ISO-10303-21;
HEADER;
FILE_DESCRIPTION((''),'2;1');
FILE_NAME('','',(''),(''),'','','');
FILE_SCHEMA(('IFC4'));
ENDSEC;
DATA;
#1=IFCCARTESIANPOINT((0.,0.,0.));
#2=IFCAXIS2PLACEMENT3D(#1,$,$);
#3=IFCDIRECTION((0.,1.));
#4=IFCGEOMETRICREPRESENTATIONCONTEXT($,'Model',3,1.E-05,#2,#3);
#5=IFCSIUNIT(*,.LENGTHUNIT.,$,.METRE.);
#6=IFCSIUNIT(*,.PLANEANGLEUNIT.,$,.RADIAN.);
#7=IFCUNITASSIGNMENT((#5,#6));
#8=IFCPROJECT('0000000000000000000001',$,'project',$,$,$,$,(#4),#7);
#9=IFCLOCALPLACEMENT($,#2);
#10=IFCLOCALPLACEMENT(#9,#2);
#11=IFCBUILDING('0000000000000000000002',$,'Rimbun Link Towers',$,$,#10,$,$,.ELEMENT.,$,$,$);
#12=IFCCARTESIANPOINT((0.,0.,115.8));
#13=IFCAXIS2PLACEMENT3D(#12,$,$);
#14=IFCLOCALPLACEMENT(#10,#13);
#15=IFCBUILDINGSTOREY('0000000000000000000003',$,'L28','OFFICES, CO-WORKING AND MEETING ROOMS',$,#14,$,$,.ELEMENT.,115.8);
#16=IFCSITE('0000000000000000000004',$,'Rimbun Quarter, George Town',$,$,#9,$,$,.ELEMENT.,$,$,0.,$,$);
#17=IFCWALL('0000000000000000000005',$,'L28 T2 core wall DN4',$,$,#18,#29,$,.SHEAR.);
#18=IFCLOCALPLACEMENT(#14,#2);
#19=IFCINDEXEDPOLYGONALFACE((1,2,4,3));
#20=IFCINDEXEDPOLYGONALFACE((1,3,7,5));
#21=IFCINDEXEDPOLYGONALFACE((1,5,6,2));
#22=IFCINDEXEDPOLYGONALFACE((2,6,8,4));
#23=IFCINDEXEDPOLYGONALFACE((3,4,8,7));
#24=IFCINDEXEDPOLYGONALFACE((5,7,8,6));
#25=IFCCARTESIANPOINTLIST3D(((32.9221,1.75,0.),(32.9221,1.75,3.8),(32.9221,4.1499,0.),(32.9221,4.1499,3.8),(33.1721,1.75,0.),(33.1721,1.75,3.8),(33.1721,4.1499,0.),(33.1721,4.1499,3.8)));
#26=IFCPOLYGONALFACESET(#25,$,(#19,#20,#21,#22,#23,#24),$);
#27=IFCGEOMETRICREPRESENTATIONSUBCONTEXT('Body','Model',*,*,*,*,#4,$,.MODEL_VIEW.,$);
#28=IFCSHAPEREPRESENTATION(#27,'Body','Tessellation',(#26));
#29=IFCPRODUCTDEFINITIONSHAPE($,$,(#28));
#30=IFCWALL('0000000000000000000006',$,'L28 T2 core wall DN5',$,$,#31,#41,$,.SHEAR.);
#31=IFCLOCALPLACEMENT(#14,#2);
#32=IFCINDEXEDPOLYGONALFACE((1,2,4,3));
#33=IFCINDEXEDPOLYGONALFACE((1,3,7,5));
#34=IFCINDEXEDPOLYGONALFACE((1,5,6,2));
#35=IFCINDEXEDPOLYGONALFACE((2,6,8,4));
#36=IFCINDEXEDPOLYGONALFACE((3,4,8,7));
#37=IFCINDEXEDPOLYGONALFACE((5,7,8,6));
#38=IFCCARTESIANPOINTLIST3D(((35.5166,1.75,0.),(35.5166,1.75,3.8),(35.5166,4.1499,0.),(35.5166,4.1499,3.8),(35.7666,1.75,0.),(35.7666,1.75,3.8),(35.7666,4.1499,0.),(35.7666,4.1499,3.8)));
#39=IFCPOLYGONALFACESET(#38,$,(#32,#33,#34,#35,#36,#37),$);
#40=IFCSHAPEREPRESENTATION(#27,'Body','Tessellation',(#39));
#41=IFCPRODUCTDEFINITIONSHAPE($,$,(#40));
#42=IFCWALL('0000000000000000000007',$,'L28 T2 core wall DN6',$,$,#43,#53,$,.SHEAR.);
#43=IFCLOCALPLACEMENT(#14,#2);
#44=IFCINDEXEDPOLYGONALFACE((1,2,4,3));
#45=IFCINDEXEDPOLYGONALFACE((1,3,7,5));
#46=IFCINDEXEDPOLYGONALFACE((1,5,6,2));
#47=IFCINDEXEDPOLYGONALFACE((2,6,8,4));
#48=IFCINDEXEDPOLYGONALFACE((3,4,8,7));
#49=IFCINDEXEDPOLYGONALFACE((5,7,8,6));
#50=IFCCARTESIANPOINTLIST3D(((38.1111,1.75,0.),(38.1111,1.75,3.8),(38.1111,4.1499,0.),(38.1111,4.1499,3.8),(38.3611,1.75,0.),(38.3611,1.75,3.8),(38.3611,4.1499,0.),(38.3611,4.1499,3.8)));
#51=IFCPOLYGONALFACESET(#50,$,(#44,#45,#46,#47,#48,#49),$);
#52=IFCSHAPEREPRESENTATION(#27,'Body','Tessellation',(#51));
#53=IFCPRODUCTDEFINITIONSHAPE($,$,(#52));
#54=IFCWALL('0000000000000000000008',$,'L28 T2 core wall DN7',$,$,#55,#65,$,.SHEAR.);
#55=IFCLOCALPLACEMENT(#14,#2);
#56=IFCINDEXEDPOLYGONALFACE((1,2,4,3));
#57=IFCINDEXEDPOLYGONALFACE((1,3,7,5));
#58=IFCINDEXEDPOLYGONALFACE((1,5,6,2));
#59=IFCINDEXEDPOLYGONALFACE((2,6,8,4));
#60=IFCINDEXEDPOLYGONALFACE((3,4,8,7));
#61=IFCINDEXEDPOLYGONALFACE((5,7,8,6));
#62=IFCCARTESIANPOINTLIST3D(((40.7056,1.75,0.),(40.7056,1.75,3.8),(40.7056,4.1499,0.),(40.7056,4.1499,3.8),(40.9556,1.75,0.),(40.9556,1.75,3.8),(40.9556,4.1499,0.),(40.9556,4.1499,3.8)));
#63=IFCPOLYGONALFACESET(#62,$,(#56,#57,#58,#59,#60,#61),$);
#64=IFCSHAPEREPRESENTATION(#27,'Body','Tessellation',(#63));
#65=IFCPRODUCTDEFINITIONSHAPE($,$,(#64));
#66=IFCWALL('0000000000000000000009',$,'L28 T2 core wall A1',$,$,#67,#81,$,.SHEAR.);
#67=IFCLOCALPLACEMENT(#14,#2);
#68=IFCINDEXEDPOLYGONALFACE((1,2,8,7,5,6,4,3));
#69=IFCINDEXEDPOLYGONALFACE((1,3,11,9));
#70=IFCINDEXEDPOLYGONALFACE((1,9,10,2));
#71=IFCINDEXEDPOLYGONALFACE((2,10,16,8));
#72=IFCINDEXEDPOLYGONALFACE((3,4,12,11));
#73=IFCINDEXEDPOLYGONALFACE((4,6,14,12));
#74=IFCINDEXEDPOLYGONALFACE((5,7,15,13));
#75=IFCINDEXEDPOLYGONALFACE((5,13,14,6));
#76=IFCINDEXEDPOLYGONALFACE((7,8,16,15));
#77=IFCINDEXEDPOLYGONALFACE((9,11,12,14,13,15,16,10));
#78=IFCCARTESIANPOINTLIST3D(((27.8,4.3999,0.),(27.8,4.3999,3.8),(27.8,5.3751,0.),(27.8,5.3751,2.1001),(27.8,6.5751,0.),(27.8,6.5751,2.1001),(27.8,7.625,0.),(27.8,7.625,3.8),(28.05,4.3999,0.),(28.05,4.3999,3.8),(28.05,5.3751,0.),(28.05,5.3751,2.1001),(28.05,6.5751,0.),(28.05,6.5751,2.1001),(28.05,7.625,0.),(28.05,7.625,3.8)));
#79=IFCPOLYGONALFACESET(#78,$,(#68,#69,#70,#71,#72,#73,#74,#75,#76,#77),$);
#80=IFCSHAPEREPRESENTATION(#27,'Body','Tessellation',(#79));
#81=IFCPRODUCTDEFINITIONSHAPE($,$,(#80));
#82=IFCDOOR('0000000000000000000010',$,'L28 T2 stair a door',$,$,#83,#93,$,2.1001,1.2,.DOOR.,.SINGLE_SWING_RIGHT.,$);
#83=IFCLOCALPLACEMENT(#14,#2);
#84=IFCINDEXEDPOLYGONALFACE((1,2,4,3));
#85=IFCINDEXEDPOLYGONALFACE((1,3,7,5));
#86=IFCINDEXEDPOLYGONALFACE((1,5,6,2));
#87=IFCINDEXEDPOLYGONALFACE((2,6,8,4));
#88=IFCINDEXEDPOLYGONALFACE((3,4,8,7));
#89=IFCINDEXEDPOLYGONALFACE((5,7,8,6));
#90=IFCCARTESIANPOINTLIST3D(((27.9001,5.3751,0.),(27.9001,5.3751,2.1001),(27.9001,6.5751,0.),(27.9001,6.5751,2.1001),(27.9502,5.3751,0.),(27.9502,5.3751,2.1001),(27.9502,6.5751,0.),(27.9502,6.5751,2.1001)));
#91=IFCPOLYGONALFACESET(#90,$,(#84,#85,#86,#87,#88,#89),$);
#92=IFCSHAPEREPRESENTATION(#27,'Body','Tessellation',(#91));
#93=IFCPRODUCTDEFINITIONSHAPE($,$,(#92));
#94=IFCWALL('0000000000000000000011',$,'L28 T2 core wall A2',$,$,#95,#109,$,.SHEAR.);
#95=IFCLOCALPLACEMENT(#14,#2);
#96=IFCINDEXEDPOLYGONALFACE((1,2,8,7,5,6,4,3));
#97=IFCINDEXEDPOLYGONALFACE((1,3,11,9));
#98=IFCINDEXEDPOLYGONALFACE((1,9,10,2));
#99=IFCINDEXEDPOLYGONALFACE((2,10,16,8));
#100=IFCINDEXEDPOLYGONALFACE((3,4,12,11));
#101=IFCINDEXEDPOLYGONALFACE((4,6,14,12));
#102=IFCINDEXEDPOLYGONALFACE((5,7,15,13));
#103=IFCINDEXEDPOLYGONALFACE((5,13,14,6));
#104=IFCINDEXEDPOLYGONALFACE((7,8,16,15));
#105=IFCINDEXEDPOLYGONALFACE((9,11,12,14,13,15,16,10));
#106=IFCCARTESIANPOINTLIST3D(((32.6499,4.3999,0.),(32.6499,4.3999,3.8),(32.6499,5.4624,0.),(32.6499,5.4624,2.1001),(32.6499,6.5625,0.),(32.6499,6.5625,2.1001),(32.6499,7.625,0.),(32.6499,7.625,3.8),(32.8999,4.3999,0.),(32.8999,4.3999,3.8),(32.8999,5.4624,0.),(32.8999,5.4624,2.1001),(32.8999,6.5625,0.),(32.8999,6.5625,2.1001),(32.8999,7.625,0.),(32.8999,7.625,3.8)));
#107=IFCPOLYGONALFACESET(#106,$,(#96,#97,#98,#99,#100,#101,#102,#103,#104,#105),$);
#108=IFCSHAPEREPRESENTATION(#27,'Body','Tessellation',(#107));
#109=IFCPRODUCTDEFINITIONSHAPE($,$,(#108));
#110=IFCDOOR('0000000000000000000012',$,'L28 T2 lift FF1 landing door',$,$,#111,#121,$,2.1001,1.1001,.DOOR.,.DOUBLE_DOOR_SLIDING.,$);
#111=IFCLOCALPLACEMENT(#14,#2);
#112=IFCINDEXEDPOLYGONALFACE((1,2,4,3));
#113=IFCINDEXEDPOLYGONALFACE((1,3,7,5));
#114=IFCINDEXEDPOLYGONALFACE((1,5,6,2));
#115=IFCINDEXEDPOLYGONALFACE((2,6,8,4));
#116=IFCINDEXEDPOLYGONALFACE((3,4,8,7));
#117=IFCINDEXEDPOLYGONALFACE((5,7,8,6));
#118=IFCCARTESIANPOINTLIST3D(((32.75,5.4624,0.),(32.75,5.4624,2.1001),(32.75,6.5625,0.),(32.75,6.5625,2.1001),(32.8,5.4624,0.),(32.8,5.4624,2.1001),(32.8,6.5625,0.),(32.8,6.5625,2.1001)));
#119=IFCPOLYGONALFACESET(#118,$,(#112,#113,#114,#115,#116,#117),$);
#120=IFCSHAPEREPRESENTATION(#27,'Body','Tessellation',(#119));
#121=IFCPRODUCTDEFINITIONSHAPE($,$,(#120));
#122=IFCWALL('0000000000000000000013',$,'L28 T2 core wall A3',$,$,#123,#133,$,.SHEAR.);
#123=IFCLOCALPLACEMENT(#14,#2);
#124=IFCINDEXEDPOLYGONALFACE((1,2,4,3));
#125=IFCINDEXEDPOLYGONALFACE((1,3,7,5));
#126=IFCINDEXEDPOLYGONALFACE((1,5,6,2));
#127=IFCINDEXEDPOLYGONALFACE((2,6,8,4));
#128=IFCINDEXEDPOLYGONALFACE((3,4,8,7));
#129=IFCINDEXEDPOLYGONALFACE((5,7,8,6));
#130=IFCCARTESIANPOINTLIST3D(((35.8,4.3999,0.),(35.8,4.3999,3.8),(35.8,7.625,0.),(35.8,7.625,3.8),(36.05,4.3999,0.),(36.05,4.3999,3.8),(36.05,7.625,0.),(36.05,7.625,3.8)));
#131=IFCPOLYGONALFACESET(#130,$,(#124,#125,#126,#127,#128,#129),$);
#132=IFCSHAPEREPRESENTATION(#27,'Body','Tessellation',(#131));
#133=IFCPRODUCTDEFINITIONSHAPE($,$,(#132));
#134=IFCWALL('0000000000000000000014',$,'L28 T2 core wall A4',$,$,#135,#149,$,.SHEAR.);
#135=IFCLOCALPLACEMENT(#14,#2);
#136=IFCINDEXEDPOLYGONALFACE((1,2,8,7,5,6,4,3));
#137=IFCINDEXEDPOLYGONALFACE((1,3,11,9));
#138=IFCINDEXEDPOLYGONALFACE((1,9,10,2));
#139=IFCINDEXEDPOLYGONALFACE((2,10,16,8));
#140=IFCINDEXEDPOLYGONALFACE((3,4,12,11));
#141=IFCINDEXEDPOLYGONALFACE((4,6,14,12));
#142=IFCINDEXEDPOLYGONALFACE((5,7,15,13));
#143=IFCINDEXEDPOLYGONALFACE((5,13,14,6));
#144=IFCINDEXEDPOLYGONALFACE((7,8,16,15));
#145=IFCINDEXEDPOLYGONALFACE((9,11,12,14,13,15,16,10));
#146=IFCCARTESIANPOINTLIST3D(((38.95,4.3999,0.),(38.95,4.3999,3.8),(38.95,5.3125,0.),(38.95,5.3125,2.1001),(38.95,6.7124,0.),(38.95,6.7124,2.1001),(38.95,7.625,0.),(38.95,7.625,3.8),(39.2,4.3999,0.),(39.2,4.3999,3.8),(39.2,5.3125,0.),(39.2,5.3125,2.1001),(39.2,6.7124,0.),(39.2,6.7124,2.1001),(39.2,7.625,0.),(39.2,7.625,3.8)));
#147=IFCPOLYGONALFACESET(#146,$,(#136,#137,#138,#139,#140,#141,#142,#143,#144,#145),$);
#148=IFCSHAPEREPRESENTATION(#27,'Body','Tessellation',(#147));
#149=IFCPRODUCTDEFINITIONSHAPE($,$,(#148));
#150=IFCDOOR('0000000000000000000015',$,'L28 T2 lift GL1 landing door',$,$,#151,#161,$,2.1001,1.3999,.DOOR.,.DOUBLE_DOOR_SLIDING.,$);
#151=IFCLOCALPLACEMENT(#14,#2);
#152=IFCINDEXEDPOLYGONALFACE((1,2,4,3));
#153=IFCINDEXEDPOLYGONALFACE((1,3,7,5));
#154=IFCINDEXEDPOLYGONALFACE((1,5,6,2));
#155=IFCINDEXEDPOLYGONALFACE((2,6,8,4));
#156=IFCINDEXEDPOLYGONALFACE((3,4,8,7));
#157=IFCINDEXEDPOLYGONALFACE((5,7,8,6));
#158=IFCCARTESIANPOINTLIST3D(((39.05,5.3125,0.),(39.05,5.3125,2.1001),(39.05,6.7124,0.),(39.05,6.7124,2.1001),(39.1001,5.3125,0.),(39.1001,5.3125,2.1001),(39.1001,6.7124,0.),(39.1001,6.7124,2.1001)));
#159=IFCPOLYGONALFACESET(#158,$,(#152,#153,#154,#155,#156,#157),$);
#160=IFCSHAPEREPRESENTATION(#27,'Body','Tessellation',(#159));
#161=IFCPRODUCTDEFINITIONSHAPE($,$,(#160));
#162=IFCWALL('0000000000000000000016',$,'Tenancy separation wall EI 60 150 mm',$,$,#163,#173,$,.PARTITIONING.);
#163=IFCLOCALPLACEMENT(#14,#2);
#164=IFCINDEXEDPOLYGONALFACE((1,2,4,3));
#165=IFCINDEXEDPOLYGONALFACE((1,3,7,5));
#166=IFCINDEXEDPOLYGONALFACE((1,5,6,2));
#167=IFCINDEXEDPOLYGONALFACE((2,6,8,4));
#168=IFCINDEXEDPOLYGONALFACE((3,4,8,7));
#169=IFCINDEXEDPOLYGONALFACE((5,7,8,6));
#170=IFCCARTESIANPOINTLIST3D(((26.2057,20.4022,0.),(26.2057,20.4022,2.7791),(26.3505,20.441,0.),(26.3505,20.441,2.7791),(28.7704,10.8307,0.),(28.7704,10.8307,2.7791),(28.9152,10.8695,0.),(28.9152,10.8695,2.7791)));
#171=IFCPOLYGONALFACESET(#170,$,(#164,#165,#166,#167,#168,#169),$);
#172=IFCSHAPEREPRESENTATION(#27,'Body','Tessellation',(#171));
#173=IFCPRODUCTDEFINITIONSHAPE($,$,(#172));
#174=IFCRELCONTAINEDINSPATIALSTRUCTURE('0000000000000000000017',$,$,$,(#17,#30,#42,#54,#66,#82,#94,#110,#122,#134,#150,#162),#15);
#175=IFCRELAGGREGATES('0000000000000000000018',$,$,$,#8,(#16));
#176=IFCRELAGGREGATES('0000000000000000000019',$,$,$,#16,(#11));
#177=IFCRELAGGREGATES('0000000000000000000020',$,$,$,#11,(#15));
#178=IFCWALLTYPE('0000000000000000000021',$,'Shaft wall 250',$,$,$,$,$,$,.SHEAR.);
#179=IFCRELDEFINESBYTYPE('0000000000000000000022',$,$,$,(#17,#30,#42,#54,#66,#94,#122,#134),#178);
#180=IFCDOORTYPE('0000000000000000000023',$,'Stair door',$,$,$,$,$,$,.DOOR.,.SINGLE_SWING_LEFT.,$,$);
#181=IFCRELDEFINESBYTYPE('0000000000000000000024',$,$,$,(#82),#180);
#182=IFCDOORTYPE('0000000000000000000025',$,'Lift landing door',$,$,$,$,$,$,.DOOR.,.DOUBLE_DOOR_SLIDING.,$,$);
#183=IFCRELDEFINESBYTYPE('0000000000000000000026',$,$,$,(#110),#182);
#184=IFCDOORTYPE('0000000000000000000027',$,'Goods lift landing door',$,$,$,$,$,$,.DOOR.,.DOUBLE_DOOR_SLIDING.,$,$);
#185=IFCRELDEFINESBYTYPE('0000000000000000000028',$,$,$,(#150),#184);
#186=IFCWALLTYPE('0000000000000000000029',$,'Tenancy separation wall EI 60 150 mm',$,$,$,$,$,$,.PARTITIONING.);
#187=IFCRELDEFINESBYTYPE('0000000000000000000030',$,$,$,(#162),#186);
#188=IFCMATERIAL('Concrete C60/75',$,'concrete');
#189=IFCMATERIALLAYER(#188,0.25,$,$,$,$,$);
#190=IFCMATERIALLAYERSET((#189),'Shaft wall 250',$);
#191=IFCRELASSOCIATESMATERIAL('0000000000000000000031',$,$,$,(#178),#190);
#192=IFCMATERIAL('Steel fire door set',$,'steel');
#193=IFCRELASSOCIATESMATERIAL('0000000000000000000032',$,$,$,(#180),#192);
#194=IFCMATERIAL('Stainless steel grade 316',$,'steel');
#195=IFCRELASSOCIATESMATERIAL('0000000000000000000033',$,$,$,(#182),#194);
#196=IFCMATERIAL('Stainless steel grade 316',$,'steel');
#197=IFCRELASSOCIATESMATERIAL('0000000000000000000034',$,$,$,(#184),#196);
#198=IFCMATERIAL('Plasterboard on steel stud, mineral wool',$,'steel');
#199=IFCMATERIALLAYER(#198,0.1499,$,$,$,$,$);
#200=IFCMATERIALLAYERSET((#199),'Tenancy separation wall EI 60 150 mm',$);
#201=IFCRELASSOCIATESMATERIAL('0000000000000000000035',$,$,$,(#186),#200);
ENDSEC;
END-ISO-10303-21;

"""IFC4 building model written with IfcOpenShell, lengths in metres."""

from ifc_helpers import new_model, si_unit, direction, frame, frame_2d, origin, place, context, subcontext, project, spatial, rectangle, extrude, material, layer, layer_set, type_object, element, fill, save


model = new_model("IFC4")

# Units and contexts
model_context = context("Model", 3, precision=1e-05, world=origin(), true_north=direction((0.0, 1.0)))
body_context = subcontext(model_context, "Body", "Model", "MODEL_VIEW")
ifc_project = project(units=[si_unit("LENGTHUNIT", "METRE"), si_unit("PLANEANGLEUNIT", "RADIAN")], contexts=[model_context])

# Site, building, storey
site_placement = place(None, origin())
site = spatial("IfcSite", under=ifc_project, at=site_placement, Name="Rimbun Quarter, George Town", CompositionType="ELEMENT", RefElevation=0.0)
building_placement = place(site_placement, origin())
building = spatial("IfcBuilding", under=site, at=building_placement, Name="Rimbun Link Towers", CompositionType="ELEMENT")
storey_placement = place(building_placement, frame((0.0, 0.0, 115.8)))
storey = spatial("IfcBuildingStorey", under=building, at=storey_placement, Name="L28", Description="OFFICES, CO-WORKING AND MEETING ROOMS", CompositionType="ELEMENT", Elevation=115.8)

# Walls
ifc_material_1 = material(Name="Concrete C60/75", Category="concrete")
ifc_layer_1 = layer(ifc_material_1, 0.25)
ifc_layer_set_1 = layer_set([ifc_layer_1], Name="Shaft wall 250")
wall_type_1 = type_object("IfcWallType", Name="Shaft wall 250", PredefinedType="SHEAR", material=ifc_layer_set_1)
for number, where, z_axis, x_axis, name in (
    (1, (33.0471, 1.75, 0.0), (0.0, 0.0, 1.0), (0.0, 1.0, 0.0), "L28 T2 core wall DN4"),
    (2, (35.6416, 1.75, 0.0), (0.0, 0.0, 1.0), (0.0, 1.0, 0.0), "L28 T2 core wall DN5"),
    (3, (38.2361, 1.75, 0.0), (0.0, 0.0, 1.0), (0.0, 1.0, 0.0), "L28 T2 core wall DN6"),
    (4, (40.8306, 1.75, 0.0), (0.0, 0.0, 1.0), (0.0, 1.0, 0.0), "L28 T2 core wall DN7"),
):
    element("IfcWall", number, at=place(storey_placement, frame(where, z_axis=z_axis, x_axis=x_axis)), inside=storey, type_object=wall_type_1, Name=name, PredefinedType="SHEAR", context=body_context, shape_type="SweptSolid", body=[
        extrude(rectangle(XDim=2.3999, YDim=0.25, at=frame_2d((1.2, 0.0))), origin(), (0.0, 0.0, 1.0), 3.8),
    ])

# Walls, openings, doors
wall_1_placement = place(storey_placement, frame((27.925, 4.3999, 0.0), z_axis=(0.0, 0.0, 1.0), x_axis=(0.0, 1.0, 0.0)))
wall_1 = element("IfcWall", 5, at=wall_1_placement, inside=storey, type_object=wall_type_1, Name="L28 T2 core wall A1", PredefinedType="SHEAR", context=body_context, shape_type="SweptSolid", body=[
    extrude(rectangle(XDim=3.2251, YDim=0.25, at=frame_2d((1.6125, 0.0))), origin(), (0.0, 0.0, 1.0), 3.8),
])
opening_1_placement = place(wall_1_placement, frame((0.9751, 0.0, 0.0)))
opening_1 = element("IfcOpeningElement", 6, at=opening_1_placement, cuts=wall_1, PredefinedType="OPENING", context=body_context, shape_type="SweptSolid", body=[
    extrude(rectangle(XDim=1.2, YDim=2.1001, at=frame_2d((0.6001, 1.05))), frame((0.0, 0.135, 0.0), z_axis=(0.0, -1.0, 0.0), x_axis=(1.0, 0.0, 0.0)), (0.0, 0.0, 1.0), 0.27),
])
ifc_material_2 = material(Name="Steel fire door set", Category="steel")
door_type_1 = type_object("IfcDoorType", Name="Stair door", OperationType="SINGLE_SWING_LEFT", PredefinedType="DOOR", material=ifc_material_2)
door_1_placement = place(opening_1_placement, origin())
door_1 = element("IfcDoor", 7, at=door_1_placement, inside=storey, type_object=door_type_1, Name="L28 T2 stair a door", OperationType="SINGLE_SWING_RIGHT", OverallHeight=2.1001, OverallWidth=1.2, PredefinedType="DOOR", context=body_context, shape_type="SweptSolid", body=[
    extrude(rectangle(XDim=1.2, YDim=2.1001, at=frame_2d((0.6001, 1.05))), frame((0.0, 0.0249, 0.0), z_axis=(0.0, -1.0, 0.0), x_axis=(1.0, 0.0, 0.0)), (0.0, 0.0, 1.0), 0.05),
])
fill(opening_1, door_1)
wall_2_placement = place(storey_placement, frame((32.7749, 4.3999, 0.0), z_axis=(0.0, 0.0, 1.0), x_axis=(0.0, 1.0, 0.0)))
wall_2 = element("IfcWall", 8, at=wall_2_placement, inside=storey, type_object=wall_type_1, Name="L28 T2 core wall A2", PredefinedType="SHEAR", context=body_context, shape_type="SweptSolid", body=[
    extrude(rectangle(XDim=3.2251, YDim=0.25, at=frame_2d((1.6125, 0.0))), origin(), (0.0, 0.0, 1.0), 3.8),
])
opening_2_placement = place(wall_2_placement, frame((1.0625, 0.0, 0.0)))
opening_2 = element("IfcOpeningElement", 9, at=opening_2_placement, cuts=wall_2, PredefinedType="OPENING", context=body_context, shape_type="SweptSolid", body=[
    extrude(rectangle(XDim=1.1001, YDim=2.1001, at=frame_2d((0.55, 1.05))), frame((0.0, 0.135, 0.0), z_axis=(0.0, -1.0, 0.0), x_axis=(1.0, 0.0, 0.0)), (0.0, 0.0, 1.0), 0.27),
])
ifc_material_3 = material(Name="Stainless steel grade 316", Category="steel")
door_type_2 = type_object("IfcDoorType", Name="Lift landing door", OperationType="DOUBLE_DOOR_SLIDING", PredefinedType="DOOR", material=ifc_material_3)
door_2_placement = place(opening_2_placement, origin())
door_2 = element("IfcDoor", 10, at=door_2_placement, inside=storey, type_object=door_type_2, Name="L28 T2 lift FF1 landing door", OperationType="DOUBLE_DOOR_SLIDING", OverallHeight=2.1001, OverallWidth=1.1001, PredefinedType="DOOR", context=body_context, shape_type="SweptSolid", body=[
    extrude(rectangle(XDim=1.1001, YDim=2.1001, at=frame_2d((0.55, 1.05))), frame((0.0, 0.0249, 0.0), z_axis=(0.0, -1.0, 0.0), x_axis=(1.0, 0.0, 0.0)), (0.0, 0.0, 1.0), 0.05),
])
fill(opening_2, door_2)

# Wall
wall_3_placement = place(storey_placement, frame((35.925, 4.3999, 0.0), z_axis=(0.0, 0.0, 1.0), x_axis=(0.0, 1.0, 0.0)))
element("IfcWall", 11, at=wall_3_placement, inside=storey, type_object=wall_type_1, Name="L28 T2 core wall A3", PredefinedType="SHEAR", context=body_context, shape_type="SweptSolid", body=[
    extrude(rectangle(XDim=3.2251, YDim=0.25, at=frame_2d((1.6125, 0.0))), origin(), (0.0, 0.0, 1.0), 3.8),
])

# Wall, opening, door
wall_4_placement = place(storey_placement, frame((39.075, 4.3999, 0.0), z_axis=(0.0, 0.0, 1.0), x_axis=(0.0, 1.0, 0.0)))
wall_4 = element("IfcWall", 12, at=wall_4_placement, inside=storey, type_object=wall_type_1, Name="L28 T2 core wall A4", PredefinedType="SHEAR", context=body_context, shape_type="SweptSolid", body=[
    extrude(rectangle(XDim=3.2251, YDim=0.25, at=frame_2d((1.6125, 0.0))), origin(), (0.0, 0.0, 1.0), 3.8),
])
opening_3_placement = place(wall_4_placement, frame((0.9126, 0.0, 0.0)))
opening_3 = element("IfcOpeningElement", 13, at=opening_3_placement, cuts=wall_4, PredefinedType="OPENING", context=body_context, shape_type="SweptSolid", body=[
    extrude(rectangle(XDim=1.3999, YDim=2.1001, at=frame_2d((0.7, 1.05))), frame((0.0, 0.135, 0.0), z_axis=(0.0, -1.0, 0.0), x_axis=(1.0, 0.0, 0.0)), (0.0, 0.0, 1.0), 0.27),
])
ifc_material_4 = material(Name="Stainless steel grade 316", Category="steel")
door_type_3 = type_object("IfcDoorType", Name="Goods lift landing door", OperationType="DOUBLE_DOOR_SLIDING", PredefinedType="DOOR", material=ifc_material_4)
door_3_placement = place(opening_3_placement, origin())
door_3 = element("IfcDoor", 14, at=door_3_placement, inside=storey, type_object=door_type_3, Name="L28 T2 lift GL1 landing door", OperationType="DOUBLE_DOOR_SLIDING", OverallHeight=2.1001, OverallWidth=1.3999, PredefinedType="DOOR", context=body_context, shape_type="SweptSolid", body=[
    extrude(rectangle(XDim=1.3999, YDim=2.1001, at=frame_2d((0.7, 1.05))), frame((0.0, 0.0249, 0.0), z_axis=(0.0, -1.0, 0.0), x_axis=(1.0, 0.0, 0.0)), (0.0, 0.0, 1.0), 0.05),
])
fill(opening_3, door_3)

# Wall
ifc_material_5 = material(Name="Plasterboard on steel stud, mineral wool", Category="steel")
ifc_layer_2 = layer(ifc_material_5, 0.1499)
ifc_layer_set_2 = layer_set([ifc_layer_2], Name="Tenancy separation wall EI 60 150 mm")
wall_type_2 = type_object("IfcWallType", Name="Tenancy separation wall EI 60 150 mm", PredefinedType="PARTITIONING", material=ifc_layer_set_2)
wall_5_placement = place(storey_placement, frame((28.8428, 10.8501, 0.0), z_axis=(0.0, 0.0, 1.0), x_axis=(-0.25882, 0.965926, 0.0)))
element("IfcWall", 15, at=wall_5_placement, inside=storey, type_object=wall_type_2, Name="Tenancy separation wall EI 60 150 mm", PredefinedType="PARTITIONING", context=body_context, shape_type="SweptSolid", body=[
    extrude(rectangle(XDim=9.9092, YDim=0.1499, at=frame_2d((4.9546, 0.0))), origin(), (0.0, 0.0, 1.0), 2.7791),
])

save(model, "model.ifc")
